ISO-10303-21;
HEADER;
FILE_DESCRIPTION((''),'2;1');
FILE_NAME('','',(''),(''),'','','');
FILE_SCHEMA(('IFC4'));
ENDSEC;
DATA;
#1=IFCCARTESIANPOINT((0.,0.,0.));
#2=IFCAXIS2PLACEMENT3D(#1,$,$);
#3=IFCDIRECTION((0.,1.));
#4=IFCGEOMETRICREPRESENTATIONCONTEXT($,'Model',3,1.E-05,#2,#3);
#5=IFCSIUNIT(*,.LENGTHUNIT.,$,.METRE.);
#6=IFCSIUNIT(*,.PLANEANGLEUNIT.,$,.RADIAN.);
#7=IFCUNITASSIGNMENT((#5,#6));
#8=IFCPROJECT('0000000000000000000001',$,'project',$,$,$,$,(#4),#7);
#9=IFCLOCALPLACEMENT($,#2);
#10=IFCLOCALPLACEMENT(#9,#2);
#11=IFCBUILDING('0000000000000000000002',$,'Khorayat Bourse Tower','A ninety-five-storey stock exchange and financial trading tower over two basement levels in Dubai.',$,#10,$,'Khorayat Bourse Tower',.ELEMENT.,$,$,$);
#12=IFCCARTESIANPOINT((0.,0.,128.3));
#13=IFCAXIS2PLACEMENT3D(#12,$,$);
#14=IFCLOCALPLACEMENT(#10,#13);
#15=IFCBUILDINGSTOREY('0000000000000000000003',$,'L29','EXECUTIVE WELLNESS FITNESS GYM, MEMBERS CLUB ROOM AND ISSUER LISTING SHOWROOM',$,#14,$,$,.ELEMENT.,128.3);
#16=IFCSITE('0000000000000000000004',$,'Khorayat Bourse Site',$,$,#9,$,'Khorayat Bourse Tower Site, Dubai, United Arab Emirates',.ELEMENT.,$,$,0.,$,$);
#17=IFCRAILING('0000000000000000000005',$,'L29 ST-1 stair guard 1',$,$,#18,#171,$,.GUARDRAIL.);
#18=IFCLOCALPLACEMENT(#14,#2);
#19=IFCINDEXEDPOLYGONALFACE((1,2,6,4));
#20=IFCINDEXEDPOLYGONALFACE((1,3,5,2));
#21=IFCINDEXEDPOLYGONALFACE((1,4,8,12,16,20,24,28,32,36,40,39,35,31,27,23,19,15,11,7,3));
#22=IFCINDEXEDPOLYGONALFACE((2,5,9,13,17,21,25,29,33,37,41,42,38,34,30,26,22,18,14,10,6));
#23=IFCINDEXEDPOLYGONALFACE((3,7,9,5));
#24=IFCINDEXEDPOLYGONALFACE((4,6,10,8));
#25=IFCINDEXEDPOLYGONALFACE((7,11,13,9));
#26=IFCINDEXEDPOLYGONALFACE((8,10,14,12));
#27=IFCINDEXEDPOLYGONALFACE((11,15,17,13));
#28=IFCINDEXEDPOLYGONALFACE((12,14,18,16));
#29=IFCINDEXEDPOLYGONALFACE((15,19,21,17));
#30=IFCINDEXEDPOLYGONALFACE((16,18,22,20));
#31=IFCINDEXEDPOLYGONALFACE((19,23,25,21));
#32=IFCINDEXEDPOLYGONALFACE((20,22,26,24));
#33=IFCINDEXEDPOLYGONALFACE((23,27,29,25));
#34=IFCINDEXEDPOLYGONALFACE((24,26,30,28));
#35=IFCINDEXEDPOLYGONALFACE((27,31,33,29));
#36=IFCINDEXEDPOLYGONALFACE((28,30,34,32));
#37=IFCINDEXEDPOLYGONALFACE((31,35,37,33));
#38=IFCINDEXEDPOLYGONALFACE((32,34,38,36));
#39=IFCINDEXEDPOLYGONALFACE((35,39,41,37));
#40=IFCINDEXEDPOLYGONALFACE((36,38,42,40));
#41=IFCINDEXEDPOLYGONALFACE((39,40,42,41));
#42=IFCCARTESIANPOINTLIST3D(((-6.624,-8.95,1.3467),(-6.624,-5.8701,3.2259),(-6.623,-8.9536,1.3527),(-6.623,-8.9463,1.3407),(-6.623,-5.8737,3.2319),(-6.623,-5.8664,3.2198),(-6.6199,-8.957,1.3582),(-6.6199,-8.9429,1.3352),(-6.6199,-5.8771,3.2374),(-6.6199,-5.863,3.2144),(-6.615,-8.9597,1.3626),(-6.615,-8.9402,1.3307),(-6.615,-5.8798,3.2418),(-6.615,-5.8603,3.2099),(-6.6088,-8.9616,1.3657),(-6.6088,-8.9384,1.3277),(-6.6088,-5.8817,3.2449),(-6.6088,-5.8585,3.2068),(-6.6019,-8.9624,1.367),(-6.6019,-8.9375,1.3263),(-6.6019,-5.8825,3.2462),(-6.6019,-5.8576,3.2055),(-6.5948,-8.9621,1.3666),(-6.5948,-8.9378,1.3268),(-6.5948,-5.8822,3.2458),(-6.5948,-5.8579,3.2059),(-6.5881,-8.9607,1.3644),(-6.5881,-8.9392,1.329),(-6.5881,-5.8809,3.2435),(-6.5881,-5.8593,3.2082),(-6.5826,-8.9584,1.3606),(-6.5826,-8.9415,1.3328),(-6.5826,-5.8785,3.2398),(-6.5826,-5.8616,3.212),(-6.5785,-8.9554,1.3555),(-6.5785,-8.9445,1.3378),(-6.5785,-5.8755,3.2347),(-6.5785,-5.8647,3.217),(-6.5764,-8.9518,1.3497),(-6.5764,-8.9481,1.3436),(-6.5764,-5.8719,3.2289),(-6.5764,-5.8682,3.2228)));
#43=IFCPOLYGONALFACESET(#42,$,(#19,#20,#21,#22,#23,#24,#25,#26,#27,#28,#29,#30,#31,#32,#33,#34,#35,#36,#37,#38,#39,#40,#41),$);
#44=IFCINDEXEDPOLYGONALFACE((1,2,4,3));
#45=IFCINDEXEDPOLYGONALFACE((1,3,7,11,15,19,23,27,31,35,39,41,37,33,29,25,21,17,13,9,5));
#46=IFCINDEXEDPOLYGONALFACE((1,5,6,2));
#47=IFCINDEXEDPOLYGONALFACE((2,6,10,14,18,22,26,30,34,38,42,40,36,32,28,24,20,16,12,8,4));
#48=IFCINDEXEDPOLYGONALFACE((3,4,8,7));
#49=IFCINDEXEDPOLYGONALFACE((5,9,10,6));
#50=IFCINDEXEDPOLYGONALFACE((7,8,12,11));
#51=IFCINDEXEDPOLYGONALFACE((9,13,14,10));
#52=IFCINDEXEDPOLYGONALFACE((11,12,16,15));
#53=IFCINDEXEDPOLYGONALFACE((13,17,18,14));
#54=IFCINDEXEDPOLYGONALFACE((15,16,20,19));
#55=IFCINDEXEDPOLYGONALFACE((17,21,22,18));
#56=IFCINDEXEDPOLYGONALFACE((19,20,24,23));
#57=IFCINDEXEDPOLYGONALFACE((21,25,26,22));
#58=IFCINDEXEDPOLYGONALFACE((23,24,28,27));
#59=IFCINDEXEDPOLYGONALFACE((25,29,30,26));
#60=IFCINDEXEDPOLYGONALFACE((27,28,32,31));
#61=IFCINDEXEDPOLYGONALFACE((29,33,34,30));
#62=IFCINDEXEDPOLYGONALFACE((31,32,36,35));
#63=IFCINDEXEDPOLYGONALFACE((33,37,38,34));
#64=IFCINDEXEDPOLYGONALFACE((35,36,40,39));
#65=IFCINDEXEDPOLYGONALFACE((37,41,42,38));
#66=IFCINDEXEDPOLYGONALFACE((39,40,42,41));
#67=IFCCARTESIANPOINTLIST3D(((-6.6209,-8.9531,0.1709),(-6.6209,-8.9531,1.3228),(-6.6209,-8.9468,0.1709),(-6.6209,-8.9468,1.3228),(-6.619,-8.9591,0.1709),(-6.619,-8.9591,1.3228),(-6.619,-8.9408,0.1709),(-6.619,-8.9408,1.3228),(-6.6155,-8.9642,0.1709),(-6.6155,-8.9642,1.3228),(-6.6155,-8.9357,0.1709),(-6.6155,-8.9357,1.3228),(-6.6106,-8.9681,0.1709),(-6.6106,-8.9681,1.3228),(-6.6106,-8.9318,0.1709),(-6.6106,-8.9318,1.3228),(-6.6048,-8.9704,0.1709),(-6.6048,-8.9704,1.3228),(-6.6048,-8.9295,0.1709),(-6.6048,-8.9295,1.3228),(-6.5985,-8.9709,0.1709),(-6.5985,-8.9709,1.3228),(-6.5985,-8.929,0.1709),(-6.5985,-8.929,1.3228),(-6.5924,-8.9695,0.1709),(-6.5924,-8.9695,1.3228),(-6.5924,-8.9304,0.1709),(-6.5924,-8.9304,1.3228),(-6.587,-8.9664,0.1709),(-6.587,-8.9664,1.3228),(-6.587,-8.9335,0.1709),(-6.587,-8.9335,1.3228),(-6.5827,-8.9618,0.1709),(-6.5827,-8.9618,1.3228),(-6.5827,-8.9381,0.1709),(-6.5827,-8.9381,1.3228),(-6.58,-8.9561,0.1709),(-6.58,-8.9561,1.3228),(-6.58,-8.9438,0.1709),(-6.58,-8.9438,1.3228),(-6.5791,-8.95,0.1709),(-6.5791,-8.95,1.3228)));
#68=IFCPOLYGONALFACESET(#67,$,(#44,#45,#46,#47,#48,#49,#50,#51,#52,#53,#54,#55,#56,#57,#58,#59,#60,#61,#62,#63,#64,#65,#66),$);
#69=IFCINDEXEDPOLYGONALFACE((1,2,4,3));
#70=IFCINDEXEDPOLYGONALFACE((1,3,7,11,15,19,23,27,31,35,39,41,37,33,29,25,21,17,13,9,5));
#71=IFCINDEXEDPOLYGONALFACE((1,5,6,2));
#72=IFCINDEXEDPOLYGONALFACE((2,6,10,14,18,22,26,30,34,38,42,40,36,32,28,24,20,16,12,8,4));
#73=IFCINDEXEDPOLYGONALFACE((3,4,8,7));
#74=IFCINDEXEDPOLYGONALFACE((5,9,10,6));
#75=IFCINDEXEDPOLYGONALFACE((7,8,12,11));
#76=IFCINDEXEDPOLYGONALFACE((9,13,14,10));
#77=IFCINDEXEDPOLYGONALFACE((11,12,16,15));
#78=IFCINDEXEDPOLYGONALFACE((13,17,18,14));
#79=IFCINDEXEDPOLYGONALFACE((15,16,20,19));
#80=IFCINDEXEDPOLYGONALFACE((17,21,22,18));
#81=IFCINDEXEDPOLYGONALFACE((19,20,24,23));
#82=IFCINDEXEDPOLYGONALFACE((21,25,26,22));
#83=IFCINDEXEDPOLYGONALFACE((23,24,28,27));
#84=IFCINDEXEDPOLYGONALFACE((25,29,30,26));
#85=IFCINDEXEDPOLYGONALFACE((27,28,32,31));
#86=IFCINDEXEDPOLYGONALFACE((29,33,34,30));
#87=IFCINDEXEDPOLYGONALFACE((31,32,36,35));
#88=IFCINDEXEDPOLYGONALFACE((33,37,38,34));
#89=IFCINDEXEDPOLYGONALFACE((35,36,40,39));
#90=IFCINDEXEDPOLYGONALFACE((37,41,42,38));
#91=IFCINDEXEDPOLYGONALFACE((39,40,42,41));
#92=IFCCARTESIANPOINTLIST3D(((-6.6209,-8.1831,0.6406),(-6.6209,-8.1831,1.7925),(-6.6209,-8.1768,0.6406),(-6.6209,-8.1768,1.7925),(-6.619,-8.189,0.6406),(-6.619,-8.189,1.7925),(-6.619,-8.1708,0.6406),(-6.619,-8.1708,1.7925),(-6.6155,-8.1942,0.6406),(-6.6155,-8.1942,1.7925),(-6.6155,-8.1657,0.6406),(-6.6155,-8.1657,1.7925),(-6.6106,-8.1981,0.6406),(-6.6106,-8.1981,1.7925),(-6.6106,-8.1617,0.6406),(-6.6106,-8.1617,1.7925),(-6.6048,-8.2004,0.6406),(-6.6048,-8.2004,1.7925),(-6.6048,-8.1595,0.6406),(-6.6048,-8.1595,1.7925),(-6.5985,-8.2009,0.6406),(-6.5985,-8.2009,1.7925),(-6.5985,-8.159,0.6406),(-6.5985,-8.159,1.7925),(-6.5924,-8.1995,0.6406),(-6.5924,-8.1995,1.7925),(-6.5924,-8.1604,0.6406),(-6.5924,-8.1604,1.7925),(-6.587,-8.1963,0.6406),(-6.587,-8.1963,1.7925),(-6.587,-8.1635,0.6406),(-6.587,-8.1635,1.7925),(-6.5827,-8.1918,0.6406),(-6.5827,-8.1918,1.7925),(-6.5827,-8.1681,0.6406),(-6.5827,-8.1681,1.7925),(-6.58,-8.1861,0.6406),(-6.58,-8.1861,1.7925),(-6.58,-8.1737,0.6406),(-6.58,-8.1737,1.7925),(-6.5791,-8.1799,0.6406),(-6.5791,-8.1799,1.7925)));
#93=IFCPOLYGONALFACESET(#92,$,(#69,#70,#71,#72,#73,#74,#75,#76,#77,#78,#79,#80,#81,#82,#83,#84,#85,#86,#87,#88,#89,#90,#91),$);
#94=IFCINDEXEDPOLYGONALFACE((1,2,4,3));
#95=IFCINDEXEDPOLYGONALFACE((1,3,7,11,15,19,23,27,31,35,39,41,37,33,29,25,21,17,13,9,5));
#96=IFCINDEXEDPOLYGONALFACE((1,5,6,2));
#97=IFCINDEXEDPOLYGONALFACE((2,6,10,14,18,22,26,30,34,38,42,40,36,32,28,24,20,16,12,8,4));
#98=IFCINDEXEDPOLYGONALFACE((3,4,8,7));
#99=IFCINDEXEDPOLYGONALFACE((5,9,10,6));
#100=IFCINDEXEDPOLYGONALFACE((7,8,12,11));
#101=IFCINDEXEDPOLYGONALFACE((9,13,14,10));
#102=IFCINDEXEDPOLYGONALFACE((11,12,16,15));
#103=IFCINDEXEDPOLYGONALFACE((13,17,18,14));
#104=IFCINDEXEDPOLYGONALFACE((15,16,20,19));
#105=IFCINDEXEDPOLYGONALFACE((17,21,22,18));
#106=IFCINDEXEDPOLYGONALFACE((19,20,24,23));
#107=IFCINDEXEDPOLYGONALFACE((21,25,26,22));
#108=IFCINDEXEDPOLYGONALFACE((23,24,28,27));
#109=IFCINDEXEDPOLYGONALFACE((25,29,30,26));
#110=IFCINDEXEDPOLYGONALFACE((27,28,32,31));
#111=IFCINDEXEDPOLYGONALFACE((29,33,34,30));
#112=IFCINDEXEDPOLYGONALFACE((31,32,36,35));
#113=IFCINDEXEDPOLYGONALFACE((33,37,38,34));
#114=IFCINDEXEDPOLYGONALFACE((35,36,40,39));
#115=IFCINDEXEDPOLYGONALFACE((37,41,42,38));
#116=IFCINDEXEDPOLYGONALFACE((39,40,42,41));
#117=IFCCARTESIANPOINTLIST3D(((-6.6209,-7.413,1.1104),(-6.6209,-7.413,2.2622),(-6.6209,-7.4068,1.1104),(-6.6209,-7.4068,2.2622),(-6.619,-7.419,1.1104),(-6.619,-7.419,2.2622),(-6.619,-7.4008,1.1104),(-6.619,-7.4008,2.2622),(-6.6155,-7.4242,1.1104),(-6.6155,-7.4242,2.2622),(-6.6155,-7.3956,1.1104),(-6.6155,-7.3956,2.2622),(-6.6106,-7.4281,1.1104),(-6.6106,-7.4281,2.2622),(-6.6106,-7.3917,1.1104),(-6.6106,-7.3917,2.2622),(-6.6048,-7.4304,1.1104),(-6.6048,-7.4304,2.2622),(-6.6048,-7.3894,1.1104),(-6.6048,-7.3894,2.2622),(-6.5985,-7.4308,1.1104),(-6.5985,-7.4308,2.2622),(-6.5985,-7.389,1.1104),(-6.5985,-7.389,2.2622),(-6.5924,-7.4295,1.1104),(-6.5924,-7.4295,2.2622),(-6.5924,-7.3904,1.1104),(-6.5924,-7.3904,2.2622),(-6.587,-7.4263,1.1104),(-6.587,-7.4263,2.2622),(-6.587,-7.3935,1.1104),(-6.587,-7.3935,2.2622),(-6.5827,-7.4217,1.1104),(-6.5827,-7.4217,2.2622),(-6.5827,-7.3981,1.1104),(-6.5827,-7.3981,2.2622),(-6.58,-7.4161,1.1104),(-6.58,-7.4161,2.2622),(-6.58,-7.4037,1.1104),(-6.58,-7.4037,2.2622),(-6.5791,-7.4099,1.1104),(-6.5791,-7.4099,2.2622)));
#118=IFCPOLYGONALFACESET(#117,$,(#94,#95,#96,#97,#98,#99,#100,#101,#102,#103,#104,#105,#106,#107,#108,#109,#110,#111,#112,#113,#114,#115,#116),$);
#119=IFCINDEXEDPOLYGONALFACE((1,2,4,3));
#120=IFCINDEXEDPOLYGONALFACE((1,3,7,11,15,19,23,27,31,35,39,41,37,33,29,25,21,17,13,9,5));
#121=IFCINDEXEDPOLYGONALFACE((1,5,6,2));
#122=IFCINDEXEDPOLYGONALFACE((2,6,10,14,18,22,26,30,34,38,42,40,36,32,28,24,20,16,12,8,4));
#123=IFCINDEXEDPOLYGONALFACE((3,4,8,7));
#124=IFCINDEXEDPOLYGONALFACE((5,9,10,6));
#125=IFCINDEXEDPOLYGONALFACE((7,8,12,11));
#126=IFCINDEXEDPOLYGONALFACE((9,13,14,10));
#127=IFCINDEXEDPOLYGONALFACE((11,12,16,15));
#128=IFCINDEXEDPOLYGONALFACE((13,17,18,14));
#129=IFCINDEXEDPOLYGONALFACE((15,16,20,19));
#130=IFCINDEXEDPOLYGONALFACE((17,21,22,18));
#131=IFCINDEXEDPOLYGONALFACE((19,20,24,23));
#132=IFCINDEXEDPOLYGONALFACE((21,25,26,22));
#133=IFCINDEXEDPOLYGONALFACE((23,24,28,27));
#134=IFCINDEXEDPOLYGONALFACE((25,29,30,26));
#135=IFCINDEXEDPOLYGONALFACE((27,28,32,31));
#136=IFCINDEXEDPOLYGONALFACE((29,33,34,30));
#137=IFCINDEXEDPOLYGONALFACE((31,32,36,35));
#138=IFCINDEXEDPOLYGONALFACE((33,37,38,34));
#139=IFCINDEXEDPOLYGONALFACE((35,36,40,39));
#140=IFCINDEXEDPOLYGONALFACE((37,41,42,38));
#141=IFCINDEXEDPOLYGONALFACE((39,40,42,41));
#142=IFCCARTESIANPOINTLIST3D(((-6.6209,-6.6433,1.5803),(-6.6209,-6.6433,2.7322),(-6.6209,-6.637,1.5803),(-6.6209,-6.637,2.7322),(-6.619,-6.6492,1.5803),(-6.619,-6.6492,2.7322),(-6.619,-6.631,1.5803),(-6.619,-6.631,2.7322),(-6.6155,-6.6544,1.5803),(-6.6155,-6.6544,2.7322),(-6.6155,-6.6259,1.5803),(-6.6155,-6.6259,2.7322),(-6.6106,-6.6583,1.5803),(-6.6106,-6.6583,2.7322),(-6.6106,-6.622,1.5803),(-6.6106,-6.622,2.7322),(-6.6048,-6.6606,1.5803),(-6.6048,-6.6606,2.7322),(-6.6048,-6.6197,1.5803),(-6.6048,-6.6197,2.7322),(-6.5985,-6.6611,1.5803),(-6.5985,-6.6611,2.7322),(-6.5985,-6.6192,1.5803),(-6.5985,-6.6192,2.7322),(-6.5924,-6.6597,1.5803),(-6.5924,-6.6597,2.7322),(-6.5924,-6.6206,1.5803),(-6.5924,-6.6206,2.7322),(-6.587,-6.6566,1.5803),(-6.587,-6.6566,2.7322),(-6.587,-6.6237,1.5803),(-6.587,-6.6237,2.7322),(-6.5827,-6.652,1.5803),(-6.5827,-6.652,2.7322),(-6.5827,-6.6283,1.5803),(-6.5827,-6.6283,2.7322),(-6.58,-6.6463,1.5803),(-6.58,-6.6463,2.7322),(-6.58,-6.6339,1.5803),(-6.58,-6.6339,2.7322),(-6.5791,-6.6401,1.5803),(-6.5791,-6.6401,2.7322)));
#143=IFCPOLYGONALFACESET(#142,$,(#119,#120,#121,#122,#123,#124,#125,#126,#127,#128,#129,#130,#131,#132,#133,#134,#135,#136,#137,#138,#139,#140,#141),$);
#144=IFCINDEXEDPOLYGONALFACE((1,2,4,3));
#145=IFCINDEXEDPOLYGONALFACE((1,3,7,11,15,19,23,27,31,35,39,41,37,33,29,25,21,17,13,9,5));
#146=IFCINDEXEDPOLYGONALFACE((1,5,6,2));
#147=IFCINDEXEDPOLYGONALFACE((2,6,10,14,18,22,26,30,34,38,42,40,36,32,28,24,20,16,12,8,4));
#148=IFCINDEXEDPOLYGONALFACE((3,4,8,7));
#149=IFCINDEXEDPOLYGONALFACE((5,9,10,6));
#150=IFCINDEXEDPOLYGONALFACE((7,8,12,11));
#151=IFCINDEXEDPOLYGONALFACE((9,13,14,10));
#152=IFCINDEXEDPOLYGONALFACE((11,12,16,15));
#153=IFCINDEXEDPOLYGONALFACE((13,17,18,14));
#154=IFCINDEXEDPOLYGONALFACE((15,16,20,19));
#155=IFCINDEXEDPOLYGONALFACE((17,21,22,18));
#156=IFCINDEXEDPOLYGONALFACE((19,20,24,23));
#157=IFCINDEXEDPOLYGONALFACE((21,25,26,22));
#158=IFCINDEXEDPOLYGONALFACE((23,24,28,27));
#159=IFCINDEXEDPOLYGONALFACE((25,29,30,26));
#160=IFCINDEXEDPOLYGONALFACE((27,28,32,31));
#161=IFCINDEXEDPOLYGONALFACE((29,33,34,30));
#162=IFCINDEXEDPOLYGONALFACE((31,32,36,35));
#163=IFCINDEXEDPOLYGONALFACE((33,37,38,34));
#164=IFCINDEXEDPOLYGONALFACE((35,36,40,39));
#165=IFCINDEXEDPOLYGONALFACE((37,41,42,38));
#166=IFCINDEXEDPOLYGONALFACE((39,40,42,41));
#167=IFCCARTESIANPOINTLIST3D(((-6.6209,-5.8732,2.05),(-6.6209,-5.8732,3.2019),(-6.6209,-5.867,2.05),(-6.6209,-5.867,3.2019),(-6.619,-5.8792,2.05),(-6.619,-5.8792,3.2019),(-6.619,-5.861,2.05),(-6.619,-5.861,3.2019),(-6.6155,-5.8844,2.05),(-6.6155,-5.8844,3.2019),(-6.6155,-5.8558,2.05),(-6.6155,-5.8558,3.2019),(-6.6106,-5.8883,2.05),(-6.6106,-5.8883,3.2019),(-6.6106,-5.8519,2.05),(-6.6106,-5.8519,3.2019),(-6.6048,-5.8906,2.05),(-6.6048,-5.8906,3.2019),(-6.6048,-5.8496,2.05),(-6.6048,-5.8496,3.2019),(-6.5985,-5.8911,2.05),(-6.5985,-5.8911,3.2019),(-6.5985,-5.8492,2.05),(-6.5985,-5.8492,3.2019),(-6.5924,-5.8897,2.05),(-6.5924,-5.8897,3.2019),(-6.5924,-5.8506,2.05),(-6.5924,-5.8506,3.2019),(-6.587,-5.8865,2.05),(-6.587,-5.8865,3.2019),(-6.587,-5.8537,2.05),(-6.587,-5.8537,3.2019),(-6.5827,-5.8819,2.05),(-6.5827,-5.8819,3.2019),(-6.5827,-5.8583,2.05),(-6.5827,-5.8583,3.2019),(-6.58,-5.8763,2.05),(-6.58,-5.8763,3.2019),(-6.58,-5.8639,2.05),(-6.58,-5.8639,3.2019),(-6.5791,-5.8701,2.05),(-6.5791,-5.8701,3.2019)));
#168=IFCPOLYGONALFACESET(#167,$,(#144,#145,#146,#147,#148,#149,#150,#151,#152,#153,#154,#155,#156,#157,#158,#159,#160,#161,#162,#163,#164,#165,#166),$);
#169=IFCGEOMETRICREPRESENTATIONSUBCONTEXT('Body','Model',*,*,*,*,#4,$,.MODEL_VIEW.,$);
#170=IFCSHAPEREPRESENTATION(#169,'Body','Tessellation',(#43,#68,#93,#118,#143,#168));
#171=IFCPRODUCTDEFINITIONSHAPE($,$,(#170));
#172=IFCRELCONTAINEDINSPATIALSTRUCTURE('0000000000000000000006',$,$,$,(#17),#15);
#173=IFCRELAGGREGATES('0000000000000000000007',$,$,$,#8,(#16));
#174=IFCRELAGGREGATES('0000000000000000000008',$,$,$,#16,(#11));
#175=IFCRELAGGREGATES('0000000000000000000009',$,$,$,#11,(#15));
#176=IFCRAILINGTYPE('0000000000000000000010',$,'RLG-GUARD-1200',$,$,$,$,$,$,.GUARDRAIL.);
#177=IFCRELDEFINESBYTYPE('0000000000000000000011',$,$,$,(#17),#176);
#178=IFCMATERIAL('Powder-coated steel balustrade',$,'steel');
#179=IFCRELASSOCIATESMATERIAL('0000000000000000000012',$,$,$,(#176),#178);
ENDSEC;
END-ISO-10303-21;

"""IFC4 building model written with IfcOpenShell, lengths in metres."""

from ifc_helpers import new_model, si_unit, direction, frame, origin, origin_2d, place, context, subcontext, project, spatial, circle, extrude, source, transform, mapped, material, type_object, element, save


model = new_model("IFC4")

# Units and contexts
model_context = context("Model", 3, precision=1e-05, world=origin(), true_north=direction((0.0, 1.0)))
body_context = subcontext(model_context, "Body", "Model", "MODEL_VIEW")
ifc_project = project(units=[si_unit("LENGTHUNIT", "METRE"), si_unit("PLANEANGLEUNIT", "RADIAN")], contexts=[model_context])

# Site, building, storey
site_placement = place(None, origin())
site = spatial("IfcSite", under=ifc_project, at=site_placement, Name="Khorayat Bourse Site", LongName="Khorayat Bourse Tower Site, Dubai, United Arab Emirates", CompositionType="ELEMENT", RefElevation=0.0)
building_placement = place(site_placement, origin())
building = spatial("IfcBuilding", under=site, at=building_placement, Name="Khorayat Bourse Tower", Description="A ninety-five-storey stock exchange and financial trading tower over two basement levels in Dubai.", LongName="Khorayat Bourse Tower", CompositionType="ELEMENT")
storey_placement = place(building_placement, frame((0.0, 0.0, 128.3)))
storey = spatial("IfcBuildingStorey", under=building, at=storey_placement, Name="L29", Description="EXECUTIVE WELLNESS FITNESS GYM, MEMBERS CLUB ROOM AND ISSUER LISTING SHOWROOM", CompositionType="ELEMENT", Elevation=128.3)

# Railing
ifc_material_1 = material(Name="Powder-coated steel balustrade", Category="steel")
railing_type_1 = type_object("IfcRailingType", Name="RLG-GUARD-1200", PredefinedType="GUARDRAIL", material=ifc_material_1)
shared_shape_1 = source(origin(), body_context, "Body", "SweptSolid", [
    extrude(circle(Radius=0.0239, at=origin_2d()), frame((0.0, 0.0, 1.1758), z_axis=(0.0, 0.853648, 0.52085), x_axis=(-1.0, 0.0, 0.0)), (0.0, 0.0, 1.0), 3.6079),
    extrude(circle(Radius=0.021, at=origin_2d()), origin(), (0.0, 0.0, 1.0), 1.1519),
    extrude(circle(Radius=0.021, at=origin_2d()), frame((0.0, 0.77, 0.4697)), (0.0, 0.0, 1.0), 1.1519),
    extrude(circle(Radius=0.021, at=origin_2d()), frame((0.0, 1.54, 0.9395)), (0.0, 0.0, 1.0), 1.1519),
    extrude(circle(Radius=0.021, at=origin_2d()), frame((0.0, 2.3098, 1.4094)), (0.0, 0.0, 1.0), 1.1519),
    extrude(circle(Radius=0.021, at=origin_2d()), frame((0.0, 3.0798, 1.8792)), (0.0, 0.0, 1.0), 1.1519),
])
railing_1_placement = place(storey_placement, frame((-6.6001, -8.95, 0.1709)))
element("IfcRailing", 1, at=railing_1_placement, inside=storey, type_object=railing_type_1, Name="L29 ST-1 stair guard 1", PredefinedType="GUARDRAIL", context=body_context, shape_type="MappedRepresentation", body=[
    mapped(shared_shape_1, transform((0.0, 0.0, 0.0), scale=1.0)),
])

save(model, "model.ifc")
